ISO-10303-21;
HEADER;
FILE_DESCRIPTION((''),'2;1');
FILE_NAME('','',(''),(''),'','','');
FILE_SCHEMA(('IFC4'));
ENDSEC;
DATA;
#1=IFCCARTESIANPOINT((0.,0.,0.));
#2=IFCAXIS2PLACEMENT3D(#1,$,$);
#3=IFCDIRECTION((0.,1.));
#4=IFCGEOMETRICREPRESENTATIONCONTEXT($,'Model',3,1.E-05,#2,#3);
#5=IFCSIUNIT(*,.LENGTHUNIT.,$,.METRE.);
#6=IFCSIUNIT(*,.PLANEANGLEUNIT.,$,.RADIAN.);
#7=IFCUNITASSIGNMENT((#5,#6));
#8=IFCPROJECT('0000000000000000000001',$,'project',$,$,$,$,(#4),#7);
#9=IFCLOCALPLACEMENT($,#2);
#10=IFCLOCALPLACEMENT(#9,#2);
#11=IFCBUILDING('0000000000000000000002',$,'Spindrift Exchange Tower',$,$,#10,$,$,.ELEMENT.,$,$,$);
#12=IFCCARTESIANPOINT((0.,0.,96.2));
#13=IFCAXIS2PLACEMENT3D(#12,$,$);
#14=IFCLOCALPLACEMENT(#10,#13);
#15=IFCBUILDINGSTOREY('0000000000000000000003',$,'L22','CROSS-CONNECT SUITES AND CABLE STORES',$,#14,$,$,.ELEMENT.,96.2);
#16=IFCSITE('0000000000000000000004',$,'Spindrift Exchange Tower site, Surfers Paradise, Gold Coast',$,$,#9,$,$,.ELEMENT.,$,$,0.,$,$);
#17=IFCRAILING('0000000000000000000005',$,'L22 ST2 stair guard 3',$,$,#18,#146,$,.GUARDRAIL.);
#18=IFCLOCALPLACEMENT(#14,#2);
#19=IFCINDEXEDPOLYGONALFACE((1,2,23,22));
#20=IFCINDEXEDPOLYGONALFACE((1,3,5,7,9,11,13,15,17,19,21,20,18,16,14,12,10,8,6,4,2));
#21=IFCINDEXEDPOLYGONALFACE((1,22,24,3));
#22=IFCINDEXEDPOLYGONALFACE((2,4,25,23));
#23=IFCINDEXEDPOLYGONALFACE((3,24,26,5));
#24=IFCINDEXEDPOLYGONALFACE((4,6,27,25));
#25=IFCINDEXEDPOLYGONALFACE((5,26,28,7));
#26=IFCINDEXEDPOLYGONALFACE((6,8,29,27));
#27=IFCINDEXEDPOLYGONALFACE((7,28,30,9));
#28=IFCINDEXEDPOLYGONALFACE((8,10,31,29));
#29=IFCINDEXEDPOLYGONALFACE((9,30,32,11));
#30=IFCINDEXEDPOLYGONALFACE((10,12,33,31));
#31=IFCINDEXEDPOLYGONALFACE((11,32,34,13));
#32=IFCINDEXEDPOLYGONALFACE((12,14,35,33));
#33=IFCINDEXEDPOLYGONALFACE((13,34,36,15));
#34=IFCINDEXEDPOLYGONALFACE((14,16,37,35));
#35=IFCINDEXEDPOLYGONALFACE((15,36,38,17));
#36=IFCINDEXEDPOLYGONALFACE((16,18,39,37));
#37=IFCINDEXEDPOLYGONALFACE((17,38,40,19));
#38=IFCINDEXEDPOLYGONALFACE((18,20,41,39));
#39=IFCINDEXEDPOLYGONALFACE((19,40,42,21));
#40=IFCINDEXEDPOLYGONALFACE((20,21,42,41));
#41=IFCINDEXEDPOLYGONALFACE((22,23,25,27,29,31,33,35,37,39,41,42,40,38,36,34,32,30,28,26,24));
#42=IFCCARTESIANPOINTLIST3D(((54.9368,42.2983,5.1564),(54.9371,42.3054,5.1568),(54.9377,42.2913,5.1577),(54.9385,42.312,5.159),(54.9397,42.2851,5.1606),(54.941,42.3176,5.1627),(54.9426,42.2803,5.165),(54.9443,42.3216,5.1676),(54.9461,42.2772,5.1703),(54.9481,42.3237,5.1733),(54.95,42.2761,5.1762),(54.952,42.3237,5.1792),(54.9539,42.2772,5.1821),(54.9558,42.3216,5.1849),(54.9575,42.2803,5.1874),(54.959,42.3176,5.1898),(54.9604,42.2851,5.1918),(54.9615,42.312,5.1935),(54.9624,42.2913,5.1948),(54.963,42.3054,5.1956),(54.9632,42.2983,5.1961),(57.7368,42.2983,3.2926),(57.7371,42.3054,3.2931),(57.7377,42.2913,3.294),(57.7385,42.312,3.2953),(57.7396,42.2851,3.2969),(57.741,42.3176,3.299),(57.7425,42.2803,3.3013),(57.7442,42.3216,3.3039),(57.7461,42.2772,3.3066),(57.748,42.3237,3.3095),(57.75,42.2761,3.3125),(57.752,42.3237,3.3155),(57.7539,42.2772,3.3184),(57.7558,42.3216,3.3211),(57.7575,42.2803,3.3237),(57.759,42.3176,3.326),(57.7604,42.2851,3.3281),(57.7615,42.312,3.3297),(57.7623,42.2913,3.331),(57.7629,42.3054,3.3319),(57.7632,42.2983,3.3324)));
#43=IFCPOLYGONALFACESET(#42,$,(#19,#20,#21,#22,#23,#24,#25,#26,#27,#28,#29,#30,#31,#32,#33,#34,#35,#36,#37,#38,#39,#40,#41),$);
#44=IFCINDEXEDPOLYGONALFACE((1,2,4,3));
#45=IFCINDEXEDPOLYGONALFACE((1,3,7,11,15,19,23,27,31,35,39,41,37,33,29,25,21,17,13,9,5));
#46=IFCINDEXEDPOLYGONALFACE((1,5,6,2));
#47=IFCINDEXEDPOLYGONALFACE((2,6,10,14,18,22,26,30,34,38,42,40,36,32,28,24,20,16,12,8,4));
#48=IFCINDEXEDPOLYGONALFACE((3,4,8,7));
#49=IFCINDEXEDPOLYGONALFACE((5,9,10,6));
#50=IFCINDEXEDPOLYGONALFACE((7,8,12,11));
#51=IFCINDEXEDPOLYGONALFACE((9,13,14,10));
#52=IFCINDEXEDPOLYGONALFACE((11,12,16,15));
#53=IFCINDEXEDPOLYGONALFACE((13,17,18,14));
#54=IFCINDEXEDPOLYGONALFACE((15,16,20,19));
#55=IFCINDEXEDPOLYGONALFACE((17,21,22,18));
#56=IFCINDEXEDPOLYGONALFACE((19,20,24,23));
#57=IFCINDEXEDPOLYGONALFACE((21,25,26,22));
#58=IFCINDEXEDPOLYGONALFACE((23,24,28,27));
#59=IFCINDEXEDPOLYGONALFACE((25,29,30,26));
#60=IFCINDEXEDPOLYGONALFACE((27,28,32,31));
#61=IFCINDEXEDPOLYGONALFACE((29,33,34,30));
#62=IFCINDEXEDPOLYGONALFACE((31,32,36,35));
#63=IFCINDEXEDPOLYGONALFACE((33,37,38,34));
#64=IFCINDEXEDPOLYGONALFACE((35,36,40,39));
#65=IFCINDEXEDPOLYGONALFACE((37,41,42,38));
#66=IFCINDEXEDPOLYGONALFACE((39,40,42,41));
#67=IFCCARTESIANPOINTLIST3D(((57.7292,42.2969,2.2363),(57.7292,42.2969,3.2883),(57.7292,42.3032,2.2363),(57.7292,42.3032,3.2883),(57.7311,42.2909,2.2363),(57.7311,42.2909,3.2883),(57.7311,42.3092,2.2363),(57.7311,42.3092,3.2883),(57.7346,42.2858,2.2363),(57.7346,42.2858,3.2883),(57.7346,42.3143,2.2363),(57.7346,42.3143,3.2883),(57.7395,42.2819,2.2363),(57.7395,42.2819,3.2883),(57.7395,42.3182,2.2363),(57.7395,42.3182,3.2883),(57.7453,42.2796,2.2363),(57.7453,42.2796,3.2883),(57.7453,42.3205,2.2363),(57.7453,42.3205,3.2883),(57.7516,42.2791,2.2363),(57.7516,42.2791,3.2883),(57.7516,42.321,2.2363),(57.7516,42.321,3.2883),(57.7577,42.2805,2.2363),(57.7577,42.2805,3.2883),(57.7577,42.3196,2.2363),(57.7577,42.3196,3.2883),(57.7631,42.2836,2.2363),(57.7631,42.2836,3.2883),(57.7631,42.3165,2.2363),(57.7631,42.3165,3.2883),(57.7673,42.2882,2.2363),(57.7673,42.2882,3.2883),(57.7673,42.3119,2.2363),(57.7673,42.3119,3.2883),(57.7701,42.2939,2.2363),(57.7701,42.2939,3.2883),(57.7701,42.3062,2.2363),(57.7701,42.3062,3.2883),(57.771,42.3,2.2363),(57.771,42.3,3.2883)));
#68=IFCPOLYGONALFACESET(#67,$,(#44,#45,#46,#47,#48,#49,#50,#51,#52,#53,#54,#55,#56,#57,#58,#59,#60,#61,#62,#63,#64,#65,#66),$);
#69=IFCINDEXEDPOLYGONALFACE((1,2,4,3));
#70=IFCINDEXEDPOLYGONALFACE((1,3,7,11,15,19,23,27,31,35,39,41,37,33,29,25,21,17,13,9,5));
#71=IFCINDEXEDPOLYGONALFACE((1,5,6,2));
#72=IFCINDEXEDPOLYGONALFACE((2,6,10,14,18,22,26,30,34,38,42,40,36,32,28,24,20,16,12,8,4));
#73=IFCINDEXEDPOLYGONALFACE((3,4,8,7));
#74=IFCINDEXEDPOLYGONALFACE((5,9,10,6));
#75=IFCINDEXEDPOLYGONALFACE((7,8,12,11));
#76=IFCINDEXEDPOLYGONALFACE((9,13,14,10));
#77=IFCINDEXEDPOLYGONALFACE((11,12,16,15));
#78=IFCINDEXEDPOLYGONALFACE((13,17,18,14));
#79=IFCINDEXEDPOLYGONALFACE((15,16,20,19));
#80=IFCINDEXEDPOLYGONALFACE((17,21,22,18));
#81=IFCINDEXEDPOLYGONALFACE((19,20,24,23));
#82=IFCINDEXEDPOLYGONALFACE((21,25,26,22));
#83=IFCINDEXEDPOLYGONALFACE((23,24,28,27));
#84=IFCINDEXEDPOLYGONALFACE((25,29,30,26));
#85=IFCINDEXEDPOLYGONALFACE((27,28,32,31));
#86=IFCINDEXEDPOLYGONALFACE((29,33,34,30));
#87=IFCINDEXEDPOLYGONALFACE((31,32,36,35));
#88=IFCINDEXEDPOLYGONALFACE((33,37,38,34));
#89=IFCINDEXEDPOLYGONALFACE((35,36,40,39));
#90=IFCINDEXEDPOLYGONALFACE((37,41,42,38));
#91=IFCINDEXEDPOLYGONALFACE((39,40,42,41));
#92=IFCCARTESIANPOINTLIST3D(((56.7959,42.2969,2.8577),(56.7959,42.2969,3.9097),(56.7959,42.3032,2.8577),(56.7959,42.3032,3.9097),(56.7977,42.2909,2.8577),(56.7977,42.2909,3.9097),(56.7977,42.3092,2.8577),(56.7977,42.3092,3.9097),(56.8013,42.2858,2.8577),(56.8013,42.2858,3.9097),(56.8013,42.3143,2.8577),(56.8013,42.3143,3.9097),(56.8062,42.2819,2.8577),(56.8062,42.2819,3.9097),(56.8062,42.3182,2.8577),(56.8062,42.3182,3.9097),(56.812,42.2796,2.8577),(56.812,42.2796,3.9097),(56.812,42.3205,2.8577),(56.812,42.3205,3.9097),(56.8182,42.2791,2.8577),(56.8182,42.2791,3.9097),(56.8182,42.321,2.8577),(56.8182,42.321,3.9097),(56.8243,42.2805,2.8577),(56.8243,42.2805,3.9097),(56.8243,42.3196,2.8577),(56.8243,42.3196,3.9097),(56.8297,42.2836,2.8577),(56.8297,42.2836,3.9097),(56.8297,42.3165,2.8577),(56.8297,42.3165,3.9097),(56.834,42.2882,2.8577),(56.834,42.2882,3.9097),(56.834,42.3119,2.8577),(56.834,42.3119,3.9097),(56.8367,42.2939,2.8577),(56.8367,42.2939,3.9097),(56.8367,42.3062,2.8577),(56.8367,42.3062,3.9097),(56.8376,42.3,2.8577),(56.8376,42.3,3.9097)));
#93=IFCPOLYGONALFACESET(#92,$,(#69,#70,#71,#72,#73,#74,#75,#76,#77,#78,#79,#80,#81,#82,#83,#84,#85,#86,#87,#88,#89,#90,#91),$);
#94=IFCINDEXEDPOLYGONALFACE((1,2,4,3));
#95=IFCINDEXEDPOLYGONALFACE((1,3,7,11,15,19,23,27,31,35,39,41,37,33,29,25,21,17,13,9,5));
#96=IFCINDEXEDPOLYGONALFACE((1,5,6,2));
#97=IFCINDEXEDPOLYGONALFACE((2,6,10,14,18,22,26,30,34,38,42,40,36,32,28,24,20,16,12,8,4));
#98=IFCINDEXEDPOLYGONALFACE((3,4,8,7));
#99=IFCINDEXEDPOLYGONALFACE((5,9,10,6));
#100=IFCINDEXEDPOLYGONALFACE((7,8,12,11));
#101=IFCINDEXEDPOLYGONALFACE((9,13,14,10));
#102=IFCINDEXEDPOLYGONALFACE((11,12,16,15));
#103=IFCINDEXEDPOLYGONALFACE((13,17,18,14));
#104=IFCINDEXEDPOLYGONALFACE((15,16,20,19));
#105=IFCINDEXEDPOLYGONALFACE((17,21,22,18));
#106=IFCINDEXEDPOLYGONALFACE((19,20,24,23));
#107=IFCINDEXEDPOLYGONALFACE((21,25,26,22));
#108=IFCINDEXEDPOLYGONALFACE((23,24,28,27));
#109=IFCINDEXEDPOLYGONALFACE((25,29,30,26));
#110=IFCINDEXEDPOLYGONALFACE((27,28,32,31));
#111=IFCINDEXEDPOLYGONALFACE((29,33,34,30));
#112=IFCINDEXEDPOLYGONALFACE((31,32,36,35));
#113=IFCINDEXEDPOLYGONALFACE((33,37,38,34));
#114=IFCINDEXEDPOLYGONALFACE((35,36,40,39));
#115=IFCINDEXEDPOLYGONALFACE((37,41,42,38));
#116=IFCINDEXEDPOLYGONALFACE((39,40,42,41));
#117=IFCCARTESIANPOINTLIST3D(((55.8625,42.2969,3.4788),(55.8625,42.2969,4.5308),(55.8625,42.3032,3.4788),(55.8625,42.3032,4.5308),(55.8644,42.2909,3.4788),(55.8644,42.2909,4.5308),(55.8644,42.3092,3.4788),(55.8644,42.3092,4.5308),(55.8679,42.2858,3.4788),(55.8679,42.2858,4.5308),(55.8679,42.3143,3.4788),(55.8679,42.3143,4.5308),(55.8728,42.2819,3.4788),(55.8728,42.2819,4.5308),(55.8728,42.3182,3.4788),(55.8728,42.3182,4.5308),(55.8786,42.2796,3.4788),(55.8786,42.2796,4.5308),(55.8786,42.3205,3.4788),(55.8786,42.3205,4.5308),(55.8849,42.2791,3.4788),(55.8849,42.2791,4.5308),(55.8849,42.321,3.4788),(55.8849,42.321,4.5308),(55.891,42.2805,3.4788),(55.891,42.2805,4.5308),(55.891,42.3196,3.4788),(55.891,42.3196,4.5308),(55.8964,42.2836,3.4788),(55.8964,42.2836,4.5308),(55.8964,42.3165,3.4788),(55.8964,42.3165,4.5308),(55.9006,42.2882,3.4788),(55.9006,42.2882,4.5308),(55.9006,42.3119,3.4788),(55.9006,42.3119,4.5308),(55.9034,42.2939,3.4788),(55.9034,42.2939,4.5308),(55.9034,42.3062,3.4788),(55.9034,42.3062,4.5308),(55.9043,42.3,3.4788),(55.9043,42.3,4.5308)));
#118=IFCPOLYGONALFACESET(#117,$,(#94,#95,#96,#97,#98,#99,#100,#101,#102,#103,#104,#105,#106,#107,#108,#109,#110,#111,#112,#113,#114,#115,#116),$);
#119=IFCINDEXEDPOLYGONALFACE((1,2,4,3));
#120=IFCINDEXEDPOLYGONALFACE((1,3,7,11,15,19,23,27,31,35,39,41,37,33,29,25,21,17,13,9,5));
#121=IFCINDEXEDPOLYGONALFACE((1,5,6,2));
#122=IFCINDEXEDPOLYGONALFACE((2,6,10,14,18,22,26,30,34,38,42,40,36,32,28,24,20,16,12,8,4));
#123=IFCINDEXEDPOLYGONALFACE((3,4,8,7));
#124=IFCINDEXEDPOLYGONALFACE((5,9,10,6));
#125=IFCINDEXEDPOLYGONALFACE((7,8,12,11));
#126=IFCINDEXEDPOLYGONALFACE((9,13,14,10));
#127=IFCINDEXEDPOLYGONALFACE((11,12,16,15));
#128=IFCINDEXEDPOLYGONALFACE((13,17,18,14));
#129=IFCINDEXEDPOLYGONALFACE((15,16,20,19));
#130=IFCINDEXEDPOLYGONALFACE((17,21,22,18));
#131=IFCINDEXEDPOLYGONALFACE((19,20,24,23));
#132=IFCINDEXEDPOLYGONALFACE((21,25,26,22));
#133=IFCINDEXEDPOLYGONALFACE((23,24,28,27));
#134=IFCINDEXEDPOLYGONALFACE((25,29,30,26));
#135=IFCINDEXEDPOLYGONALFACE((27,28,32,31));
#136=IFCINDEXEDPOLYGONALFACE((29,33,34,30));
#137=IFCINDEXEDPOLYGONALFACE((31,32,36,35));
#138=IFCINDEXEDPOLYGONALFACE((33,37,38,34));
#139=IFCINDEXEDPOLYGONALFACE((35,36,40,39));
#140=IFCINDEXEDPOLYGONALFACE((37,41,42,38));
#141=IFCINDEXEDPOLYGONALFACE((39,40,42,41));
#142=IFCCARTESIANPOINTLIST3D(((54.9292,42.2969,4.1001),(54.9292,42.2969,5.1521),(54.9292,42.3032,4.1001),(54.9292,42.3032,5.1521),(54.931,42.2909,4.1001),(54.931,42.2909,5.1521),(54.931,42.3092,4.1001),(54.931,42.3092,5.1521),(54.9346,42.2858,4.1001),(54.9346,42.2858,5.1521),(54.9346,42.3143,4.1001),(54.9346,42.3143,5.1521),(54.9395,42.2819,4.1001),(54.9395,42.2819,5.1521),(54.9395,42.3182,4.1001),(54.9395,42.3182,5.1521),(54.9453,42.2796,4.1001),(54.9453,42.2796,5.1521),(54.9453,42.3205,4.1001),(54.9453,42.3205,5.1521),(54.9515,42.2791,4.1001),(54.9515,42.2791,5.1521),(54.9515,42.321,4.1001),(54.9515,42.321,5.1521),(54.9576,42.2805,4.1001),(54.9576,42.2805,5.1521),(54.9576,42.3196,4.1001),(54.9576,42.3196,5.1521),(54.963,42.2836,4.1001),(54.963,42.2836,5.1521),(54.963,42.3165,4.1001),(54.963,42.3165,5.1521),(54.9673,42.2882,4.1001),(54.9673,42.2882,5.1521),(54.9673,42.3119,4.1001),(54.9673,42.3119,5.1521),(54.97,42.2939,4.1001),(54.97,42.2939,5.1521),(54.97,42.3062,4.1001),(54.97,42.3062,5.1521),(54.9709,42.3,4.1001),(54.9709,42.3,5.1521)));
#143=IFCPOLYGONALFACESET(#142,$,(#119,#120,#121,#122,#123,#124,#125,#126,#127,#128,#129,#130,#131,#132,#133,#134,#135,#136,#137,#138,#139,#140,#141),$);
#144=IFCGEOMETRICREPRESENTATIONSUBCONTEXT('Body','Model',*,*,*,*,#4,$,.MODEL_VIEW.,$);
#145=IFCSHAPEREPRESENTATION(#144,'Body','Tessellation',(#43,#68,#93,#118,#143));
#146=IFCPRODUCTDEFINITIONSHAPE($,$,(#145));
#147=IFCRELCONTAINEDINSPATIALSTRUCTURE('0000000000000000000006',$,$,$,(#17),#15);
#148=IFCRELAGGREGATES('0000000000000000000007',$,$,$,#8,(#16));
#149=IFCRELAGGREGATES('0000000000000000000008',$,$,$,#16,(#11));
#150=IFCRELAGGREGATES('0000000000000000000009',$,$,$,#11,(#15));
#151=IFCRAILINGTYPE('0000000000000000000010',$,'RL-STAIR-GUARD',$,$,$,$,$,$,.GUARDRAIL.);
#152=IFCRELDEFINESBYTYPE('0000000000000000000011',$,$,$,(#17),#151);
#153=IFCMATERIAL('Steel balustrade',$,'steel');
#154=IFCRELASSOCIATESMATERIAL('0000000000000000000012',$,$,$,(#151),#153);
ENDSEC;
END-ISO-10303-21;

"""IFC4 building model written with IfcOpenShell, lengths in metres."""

from ifc_helpers import new_model, si_unit, direction, frame, origin, origin_2d, place, context, subcontext, project, spatial, circle, extrude, material, type_object, element, save


model = new_model("IFC4")

# Units and contexts
model_context = context("Model", 3, precision=1e-05, world=origin(), true_north=direction((0.0, 1.0)))
body_context = subcontext(model_context, "Body", "Model", "MODEL_VIEW")
ifc_project = project(units=[si_unit("LENGTHUNIT", "METRE"), si_unit("PLANEANGLEUNIT", "RADIAN")], contexts=[model_context])

# Site, building, storey
site_placement = place(None, origin())
site = spatial("IfcSite", under=ifc_project, at=site_placement, Name="Spindrift Exchange Tower site, Surfers Paradise, Gold Coast", CompositionType="ELEMENT", RefElevation=0.0)
building_placement = place(site_placement, origin())
building = spatial("IfcBuilding", under=site, at=building_placement, Name="Spindrift Exchange Tower", CompositionType="ELEMENT")
storey_placement = place(building_placement, frame((0.0, 0.0, 96.2)))
storey = spatial("IfcBuildingStorey", under=building, at=storey_placement, Name="L22", Description="CROSS-CONNECT SUITES AND CABLE STORES", CompositionType="ELEMENT", Elevation=96.2)

# Railing
ifc_material_1 = material(Name="Steel balustrade", Category="steel")
railing_type_1 = type_object("IfcRailingType", Name="RL-STAIR-GUARD", PredefinedType="GUARDRAIL", material=ifc_material_1)
railing_1_placement = place(storey_placement, frame((57.75, 42.3, 2.2363)))
element("IfcRailing", 1, at=railing_1_placement, inside=storey, type_object=railing_type_1, Name="L22 ST2 stair guard 3", PredefinedType="GUARDRAIL", context=body_context, shape_type="SweptSolid", body=[
    extrude(circle(Radius=0.0239, at=origin_2d()), frame((0.0, 0.0, 1.0762), z_axis=(-0.832452, 0.0, 0.554097), x_axis=(0.0, -1.0, 0.0)), (0.0, 0.0, 1.0), 3.3635),
    extrude(circle(Radius=0.021, at=origin_2d()), origin(), (0.0, 0.0, 1.0), 1.052),
    extrude(circle(Radius=0.021, at=origin_2d()), frame((-0.9333, 0.0, 0.6213)), (0.0, 0.0, 1.0), 1.052),
    extrude(circle(Radius=0.021, at=origin_2d()), frame((-1.8667, 0.0, 1.2424)), (0.0, 0.0, 1.0), 1.052),
    extrude(circle(Radius=0.021, at=origin_2d()), frame((-2.8, 0.0, 1.8638)), (0.0, 0.0, 1.0), 1.052),
])

save(model, "model.ifc")
